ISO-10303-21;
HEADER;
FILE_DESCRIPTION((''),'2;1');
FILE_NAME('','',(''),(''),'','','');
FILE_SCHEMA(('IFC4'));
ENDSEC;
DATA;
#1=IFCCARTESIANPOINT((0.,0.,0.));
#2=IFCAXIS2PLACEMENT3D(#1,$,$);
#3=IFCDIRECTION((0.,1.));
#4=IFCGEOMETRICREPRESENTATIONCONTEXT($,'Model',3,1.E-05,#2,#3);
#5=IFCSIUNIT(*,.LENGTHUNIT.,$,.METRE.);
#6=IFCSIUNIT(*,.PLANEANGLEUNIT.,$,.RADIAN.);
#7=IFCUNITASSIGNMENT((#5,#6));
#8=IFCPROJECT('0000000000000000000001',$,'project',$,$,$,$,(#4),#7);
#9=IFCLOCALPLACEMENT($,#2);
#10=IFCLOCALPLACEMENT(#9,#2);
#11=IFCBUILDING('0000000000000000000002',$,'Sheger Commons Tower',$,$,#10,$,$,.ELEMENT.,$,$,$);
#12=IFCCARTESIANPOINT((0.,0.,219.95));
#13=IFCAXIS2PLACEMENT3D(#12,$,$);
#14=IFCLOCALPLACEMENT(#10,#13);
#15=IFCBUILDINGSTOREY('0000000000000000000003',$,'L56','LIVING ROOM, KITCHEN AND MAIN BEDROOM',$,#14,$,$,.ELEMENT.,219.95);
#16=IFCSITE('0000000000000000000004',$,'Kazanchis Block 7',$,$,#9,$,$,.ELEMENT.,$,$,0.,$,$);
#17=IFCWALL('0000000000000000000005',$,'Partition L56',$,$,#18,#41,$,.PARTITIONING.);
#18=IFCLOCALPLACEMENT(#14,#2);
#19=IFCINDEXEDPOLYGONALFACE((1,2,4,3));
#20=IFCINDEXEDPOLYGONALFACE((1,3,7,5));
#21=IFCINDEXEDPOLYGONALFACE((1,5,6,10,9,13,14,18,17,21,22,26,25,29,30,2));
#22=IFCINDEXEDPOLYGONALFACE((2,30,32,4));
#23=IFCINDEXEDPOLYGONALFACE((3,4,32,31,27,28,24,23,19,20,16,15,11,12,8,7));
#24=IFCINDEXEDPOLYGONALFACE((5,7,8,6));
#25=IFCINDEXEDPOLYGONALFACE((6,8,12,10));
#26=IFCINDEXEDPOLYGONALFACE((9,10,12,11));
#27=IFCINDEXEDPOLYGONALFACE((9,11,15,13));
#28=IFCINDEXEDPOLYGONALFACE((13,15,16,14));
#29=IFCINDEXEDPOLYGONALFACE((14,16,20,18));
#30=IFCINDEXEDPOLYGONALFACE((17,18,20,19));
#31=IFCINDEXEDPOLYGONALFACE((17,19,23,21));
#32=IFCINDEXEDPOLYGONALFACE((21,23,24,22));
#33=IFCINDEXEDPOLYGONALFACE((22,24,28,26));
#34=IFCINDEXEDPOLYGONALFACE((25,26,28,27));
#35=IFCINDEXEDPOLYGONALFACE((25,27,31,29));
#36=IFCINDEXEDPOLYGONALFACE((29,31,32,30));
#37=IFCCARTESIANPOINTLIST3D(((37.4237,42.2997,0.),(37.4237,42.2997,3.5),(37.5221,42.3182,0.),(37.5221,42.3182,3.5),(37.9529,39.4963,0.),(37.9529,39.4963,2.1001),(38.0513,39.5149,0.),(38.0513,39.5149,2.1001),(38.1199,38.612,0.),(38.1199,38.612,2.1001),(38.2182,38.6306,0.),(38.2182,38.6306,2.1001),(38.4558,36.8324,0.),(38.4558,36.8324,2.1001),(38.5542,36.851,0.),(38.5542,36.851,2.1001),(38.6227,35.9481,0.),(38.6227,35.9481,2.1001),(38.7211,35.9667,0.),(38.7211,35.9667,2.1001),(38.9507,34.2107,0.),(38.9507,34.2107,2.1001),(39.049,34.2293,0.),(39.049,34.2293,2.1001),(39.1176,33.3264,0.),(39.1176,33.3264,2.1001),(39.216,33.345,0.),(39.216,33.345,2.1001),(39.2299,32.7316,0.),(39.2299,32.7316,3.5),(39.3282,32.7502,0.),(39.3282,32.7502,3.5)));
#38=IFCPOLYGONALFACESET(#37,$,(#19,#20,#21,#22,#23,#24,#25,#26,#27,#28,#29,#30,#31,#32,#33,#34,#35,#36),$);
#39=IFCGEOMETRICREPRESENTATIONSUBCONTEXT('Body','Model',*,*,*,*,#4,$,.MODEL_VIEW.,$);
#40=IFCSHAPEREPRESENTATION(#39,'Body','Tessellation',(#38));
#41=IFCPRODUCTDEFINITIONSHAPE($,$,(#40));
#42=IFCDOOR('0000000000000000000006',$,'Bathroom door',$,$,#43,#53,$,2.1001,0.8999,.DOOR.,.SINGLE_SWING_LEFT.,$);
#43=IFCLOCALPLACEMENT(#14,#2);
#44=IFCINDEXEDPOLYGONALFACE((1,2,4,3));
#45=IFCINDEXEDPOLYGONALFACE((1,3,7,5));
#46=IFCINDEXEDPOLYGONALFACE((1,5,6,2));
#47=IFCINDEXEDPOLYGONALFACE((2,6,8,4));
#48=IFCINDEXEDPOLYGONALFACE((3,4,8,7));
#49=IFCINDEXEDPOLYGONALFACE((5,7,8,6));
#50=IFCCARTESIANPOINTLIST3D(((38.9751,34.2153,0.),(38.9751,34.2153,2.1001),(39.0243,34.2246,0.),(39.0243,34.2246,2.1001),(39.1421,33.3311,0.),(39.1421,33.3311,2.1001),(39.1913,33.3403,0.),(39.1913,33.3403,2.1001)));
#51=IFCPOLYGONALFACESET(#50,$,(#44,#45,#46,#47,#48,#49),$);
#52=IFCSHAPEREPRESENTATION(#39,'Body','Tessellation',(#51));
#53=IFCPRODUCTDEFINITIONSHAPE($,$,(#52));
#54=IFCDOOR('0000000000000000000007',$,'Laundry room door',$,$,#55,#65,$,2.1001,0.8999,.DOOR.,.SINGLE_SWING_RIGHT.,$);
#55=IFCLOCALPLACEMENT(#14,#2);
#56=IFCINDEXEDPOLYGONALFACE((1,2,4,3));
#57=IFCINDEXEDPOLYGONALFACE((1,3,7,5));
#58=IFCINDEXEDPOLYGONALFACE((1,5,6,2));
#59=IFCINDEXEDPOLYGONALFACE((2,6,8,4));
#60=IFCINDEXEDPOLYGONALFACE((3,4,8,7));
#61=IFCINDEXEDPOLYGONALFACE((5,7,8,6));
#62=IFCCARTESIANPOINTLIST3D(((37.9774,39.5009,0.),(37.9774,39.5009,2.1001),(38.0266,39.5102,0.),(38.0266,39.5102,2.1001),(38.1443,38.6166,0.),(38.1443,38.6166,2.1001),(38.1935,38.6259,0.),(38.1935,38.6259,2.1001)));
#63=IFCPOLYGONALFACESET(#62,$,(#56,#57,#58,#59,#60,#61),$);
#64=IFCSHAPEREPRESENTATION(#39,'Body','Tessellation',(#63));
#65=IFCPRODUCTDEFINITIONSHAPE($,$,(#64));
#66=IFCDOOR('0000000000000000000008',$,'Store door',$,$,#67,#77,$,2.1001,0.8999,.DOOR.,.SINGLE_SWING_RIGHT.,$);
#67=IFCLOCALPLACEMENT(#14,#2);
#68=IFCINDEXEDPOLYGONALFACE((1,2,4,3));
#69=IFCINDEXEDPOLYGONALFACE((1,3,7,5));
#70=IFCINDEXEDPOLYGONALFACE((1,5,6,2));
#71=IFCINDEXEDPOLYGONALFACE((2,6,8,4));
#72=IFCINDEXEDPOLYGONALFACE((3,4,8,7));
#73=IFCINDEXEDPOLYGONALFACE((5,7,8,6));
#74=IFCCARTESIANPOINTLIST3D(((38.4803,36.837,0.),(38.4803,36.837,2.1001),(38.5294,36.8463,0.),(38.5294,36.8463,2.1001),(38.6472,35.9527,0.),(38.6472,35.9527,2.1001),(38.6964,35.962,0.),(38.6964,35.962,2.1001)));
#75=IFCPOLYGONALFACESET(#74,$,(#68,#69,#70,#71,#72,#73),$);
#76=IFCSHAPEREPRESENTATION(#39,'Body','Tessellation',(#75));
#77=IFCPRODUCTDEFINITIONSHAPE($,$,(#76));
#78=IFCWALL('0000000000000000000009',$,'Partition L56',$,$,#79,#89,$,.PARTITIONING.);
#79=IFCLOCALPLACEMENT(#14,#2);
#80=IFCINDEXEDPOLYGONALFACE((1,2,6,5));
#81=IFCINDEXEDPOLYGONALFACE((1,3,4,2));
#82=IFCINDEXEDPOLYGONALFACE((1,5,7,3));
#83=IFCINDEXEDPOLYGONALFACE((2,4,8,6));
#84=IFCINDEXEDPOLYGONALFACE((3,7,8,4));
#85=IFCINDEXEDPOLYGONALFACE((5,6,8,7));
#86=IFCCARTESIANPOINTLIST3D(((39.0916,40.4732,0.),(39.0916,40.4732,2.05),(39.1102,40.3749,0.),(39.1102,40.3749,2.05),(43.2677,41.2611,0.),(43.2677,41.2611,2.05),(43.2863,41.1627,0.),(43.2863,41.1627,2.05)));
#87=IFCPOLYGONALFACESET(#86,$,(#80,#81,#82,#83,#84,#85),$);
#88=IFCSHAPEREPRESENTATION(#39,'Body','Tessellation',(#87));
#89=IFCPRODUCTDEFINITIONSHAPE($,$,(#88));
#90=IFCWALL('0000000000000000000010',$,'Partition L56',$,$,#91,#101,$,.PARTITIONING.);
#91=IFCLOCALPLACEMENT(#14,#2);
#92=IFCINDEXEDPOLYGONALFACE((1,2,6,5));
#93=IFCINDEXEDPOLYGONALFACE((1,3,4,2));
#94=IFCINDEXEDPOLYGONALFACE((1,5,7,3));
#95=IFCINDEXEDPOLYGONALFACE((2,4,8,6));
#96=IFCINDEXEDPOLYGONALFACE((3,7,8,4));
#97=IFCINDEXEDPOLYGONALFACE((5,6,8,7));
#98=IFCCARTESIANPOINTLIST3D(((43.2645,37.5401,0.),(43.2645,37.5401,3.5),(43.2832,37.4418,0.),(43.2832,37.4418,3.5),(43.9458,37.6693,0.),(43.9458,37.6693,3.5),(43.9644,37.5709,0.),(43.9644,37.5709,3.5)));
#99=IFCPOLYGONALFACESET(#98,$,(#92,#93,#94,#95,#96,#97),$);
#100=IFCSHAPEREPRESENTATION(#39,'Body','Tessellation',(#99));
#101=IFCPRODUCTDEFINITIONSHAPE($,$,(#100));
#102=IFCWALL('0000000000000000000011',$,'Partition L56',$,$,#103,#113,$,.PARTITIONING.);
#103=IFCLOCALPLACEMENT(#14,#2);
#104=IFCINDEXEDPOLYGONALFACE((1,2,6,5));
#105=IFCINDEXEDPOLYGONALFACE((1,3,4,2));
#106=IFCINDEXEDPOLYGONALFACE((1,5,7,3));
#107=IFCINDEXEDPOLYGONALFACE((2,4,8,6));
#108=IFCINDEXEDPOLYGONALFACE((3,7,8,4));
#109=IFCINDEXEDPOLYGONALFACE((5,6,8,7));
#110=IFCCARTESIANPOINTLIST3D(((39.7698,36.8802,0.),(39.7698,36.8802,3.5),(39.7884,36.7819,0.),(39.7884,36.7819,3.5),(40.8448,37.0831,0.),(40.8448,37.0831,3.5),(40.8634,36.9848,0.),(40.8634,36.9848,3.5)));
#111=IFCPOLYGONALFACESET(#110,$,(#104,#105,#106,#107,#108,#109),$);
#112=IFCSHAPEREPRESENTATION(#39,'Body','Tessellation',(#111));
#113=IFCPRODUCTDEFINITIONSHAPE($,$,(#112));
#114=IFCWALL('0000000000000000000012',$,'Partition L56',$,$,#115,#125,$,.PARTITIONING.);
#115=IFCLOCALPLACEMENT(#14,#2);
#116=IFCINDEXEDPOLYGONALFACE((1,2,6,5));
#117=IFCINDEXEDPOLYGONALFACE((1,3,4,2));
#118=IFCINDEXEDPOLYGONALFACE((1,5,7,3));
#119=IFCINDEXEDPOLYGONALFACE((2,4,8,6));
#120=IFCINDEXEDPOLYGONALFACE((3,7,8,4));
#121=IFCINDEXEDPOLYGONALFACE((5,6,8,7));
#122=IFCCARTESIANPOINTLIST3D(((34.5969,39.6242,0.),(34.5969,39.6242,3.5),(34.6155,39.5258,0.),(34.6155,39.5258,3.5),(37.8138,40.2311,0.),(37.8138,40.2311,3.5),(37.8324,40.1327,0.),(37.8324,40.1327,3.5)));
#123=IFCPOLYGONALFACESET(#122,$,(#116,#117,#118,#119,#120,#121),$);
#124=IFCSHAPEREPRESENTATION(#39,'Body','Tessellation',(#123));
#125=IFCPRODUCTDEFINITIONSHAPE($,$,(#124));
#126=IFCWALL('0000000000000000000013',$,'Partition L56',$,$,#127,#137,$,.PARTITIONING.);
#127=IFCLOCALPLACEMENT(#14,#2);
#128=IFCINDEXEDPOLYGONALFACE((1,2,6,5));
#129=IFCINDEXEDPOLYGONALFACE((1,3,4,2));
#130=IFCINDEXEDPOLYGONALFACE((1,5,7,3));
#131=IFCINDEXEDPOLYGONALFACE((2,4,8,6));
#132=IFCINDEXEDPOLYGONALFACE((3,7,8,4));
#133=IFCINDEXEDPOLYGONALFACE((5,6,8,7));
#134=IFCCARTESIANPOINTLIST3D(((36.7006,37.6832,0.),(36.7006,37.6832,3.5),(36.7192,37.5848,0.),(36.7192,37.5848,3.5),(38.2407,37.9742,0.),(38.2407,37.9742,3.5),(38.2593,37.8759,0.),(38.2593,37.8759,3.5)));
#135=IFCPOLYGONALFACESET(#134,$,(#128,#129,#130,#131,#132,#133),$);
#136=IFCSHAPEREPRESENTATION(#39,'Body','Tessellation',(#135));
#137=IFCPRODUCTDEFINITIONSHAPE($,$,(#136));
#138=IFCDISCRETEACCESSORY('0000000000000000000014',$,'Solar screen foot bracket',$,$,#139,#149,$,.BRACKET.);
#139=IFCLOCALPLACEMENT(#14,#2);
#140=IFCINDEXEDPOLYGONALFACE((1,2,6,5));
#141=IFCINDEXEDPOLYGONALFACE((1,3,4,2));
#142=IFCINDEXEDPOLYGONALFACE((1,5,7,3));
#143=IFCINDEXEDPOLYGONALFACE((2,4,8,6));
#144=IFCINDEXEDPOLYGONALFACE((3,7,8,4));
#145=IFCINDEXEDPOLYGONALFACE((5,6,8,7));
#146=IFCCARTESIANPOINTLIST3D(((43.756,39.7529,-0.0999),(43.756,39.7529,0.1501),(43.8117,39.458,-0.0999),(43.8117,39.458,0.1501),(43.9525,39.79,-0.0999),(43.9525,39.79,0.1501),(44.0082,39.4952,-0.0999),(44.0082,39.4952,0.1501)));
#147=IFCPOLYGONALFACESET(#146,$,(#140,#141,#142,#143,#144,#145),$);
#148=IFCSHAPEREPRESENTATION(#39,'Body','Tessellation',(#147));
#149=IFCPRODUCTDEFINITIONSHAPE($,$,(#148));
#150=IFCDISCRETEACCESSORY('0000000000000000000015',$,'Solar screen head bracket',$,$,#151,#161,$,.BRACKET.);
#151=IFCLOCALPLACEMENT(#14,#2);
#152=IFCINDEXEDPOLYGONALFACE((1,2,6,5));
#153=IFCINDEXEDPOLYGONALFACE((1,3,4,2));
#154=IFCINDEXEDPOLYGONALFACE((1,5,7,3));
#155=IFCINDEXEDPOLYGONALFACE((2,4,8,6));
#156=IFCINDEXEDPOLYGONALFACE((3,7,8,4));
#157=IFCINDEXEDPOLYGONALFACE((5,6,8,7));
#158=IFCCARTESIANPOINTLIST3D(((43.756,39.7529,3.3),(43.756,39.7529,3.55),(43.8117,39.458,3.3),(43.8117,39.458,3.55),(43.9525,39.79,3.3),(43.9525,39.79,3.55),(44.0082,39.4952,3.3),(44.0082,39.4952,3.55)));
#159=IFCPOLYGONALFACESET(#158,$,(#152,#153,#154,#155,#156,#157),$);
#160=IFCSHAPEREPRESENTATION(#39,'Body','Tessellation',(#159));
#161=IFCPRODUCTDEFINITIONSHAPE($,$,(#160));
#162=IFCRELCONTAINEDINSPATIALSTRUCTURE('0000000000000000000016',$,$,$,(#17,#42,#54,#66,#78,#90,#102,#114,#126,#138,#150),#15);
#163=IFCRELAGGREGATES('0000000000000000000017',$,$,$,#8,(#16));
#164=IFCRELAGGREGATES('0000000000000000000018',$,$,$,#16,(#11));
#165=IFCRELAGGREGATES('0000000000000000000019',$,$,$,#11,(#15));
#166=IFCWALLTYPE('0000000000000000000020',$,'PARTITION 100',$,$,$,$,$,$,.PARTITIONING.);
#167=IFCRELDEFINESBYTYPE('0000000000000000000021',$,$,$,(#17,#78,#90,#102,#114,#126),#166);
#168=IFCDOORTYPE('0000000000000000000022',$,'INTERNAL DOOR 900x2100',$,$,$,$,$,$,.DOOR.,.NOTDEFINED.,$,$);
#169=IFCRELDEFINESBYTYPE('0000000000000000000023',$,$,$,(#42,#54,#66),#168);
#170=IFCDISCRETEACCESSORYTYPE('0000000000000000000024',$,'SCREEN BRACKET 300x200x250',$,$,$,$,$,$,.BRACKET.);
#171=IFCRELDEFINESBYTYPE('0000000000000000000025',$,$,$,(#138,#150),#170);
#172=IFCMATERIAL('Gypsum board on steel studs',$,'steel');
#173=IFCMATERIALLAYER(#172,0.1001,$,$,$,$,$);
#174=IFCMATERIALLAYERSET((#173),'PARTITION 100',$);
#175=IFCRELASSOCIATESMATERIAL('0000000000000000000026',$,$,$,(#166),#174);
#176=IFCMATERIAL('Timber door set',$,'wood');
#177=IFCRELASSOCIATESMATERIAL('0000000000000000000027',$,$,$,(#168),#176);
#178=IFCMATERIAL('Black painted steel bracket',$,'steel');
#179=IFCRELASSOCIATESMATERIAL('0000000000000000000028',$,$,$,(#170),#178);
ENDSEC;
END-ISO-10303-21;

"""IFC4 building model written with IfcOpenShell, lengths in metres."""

from ifc_helpers import new_model, si_unit, direction, frame, frame_2d, origin, origin_2d, place, context, subcontext, project, spatial, rectangle, extrude, material, layer, layer_set, type_object, element, fill, save


model = new_model("IFC4")

# Units and contexts
model_context = context("Model", 3, precision=1e-05, world=origin(), true_north=direction((0.0, 1.0)))
body_context = subcontext(model_context, "Body", "Model", "MODEL_VIEW")
ifc_project = project(units=[si_unit("LENGTHUNIT", "METRE"), si_unit("PLANEANGLEUNIT", "RADIAN")], contexts=[model_context])

# Site, building, storey
site_placement = place(None, origin())
site = spatial("IfcSite", under=ifc_project, at=site_placement, Name="Kazanchis Block 7", CompositionType="ELEMENT", RefElevation=0.0)
building_placement = place(site_placement, origin())
building = spatial("IfcBuilding", under=site, at=building_placement, Name="Sheger Commons Tower", CompositionType="ELEMENT")
storey_placement = place(building_placement, frame((0.0, 0.0, 219.95)))
storey = spatial("IfcBuildingStorey", under=building, at=storey_placement, Name="L56", Description="LIVING ROOM, KITCHEN AND MAIN BEDROOM", CompositionType="ELEMENT", Elevation=219.95)

# Shared definitions
ifc_material_1 = material(Name="Gypsum board on steel studs", Category="steel")
ifc_layer_1 = layer(ifc_material_1, 0.1001)
ifc_layer_set_1 = layer_set([ifc_layer_1], Name="PARTITION 100")
wall_type = type_object("IfcWallType", Name="PARTITION 100", PredefinedType="PARTITIONING", material=ifc_layer_set_1)

# Wall, openings, doors
ifc_material_2 = material(Name="Timber door set", Category="wood")
door_type = type_object("IfcDoorType", Name="INTERNAL DOOR 900x2100", OperationType="NOTDEFINED", PredefinedType="DOOR", material=ifc_material_2)
wall_1_placement = place(storey_placement, frame((37.4729, 42.3091, 0.0), z_axis=(0.0, 0.0, 1.0), x_axis=(0.185492, -0.982646, 0.0)))
wall_1 = element("IfcWall", 1, at=wall_1_placement, inside=storey, type_object=wall_type, Name="Partition L56", PredefinedType="PARTITIONING", context=body_context, shape_type="SweptSolid", body=[
    extrude(rectangle(XDim=9.7371, YDim=0.1001, at=frame_2d((4.8687, 0.0))), origin(), (0.0, 0.0, 1.0), 3.5),
])
opening_1_placement = place(wall_1_placement, frame((8.2319, 0.0, 0.0)))
opening_1 = element("IfcOpeningElement", 2, at=opening_1_placement, cuts=wall_1, PredefinedType="OPENING", context=body_context, shape_type="SweptSolid", body=[
    extrude(rectangle(XDim=0.8999, YDim=2.1001, at=frame_2d((0.45, 1.05))), frame((0.0, 0.0601, 0.0), z_axis=(0.0, -1.0, 0.0), x_axis=(1.0, 0.0, 0.0)), (0.0, 0.0, 1.0), 0.1201),
])
opening_2_placement = place(wall_1_placement, frame((2.853, 0.0, 0.0)))
opening_2 = element("IfcOpeningElement", 3, at=opening_2_placement, cuts=wall_1, PredefinedType="OPENING", context=body_context, shape_type="SweptSolid", body=[
    extrude(rectangle(XDim=0.8999, YDim=2.1001, at=frame_2d((0.45, 1.05))), frame((0.0, 0.0601, 0.0), z_axis=(0.0, -1.0, 0.0), x_axis=(1.0, 0.0, 0.0)), (0.0, 0.0, 1.0), 0.1201),
])
opening_3_placement = place(wall_1_placement, frame((5.564, 0.0, 0.0)))
opening_3 = element("IfcOpeningElement", 4, at=opening_3_placement, cuts=wall_1, PredefinedType="OPENING", context=body_context, shape_type="SweptSolid", body=[
    extrude(rectangle(XDim=0.8999, YDim=2.1001, at=frame_2d((0.45, 1.05))), frame((0.0, 0.0601, 0.0), z_axis=(0.0, -1.0, 0.0), x_axis=(1.0, 0.0, 0.0)), (0.0, 0.0, 1.0), 0.1201),
])
door_1_placement = place(opening_1_placement, origin())
door_1 = element("IfcDoor", 5, at=door_1_placement, inside=storey, type_object=door_type, Name="Bathroom door", OperationType="SINGLE_SWING_LEFT", OverallHeight=2.1001, OverallWidth=0.8999, PredefinedType="DOOR", context=body_context, shape_type="SweptSolid", body=[
    extrude(rectangle(XDim=0.8999, YDim=2.1001, at=frame_2d((0.45, 1.05))), frame((0.0, 0.0249, 0.0), z_axis=(0.0, -1.0, 0.0), x_axis=(1.0, 0.0, 0.0)), (0.0, 0.0, 1.0), 0.05),
])
fill(opening_1, door_1)
door_2_placement = place(opening_2_placement, origin())
door_2 = element("IfcDoor", 6, at=door_2_placement, inside=storey, type_object=door_type, Name="Laundry room door", OperationType="SINGLE_SWING_RIGHT", OverallHeight=2.1001, OverallWidth=0.8999, PredefinedType="DOOR", context=body_context, shape_type="SweptSolid", body=[
    extrude(rectangle(XDim=0.8999, YDim=2.1001, at=frame_2d((0.45, 1.05))), frame((0.0, 0.0249, 0.0), z_axis=(0.0, -1.0, 0.0), x_axis=(1.0, 0.0, 0.0)), (0.0, 0.0, 1.0), 0.05),
])
fill(opening_2, door_2)
door_3_placement = place(opening_3_placement, origin())
door_3 = element("IfcDoor", 7, at=door_3_placement, inside=storey, type_object=door_type, Name="Store door", OperationType="SINGLE_SWING_RIGHT", OverallHeight=2.1001, OverallWidth=0.8999, PredefinedType="DOOR", context=body_context, shape_type="SweptSolid", body=[
    extrude(rectangle(XDim=0.8999, YDim=2.1001, at=frame_2d((0.45, 1.05))), frame((0.0, 0.0249, 0.0), z_axis=(0.0, -1.0, 0.0), x_axis=(1.0, 0.0, 0.0)), (0.0, 0.0, 1.0), 0.05),
])
fill(opening_3, door_3)

# Walls
wall_2_placement = place(storey_placement, frame((43.2771, 41.2119, 0.0), z_axis=(0.0, 0.0, 1.0), x_axis=(-0.982665, -0.185388, 0.0)))
element("IfcWall", 8, at=wall_2_placement, inside=storey, type_object=wall_type, Name="Partition L56", PredefinedType="PARTITIONING", context=body_context, shape_type="SweptSolid", body=[
    extrude(rectangle(XDim=4.2498, YDim=0.1001, at=frame_2d((2.125, 0.0))), origin(), (0.0, 0.0, 1.0), 2.05),
])
wall_3_placement = place(storey_placement, frame((43.9551, 37.6201, 0.0), z_axis=(0.0, 0.0, 1.0), x_axis=(-0.982495, -0.186287, 0.0)))
element("IfcWall", 9, at=wall_3_placement, inside=storey, type_object=wall_type, Name="Partition L56", PredefinedType="PARTITIONING", context=body_context, shape_type="SweptSolid", body=[
    extrude(rectangle(XDim=0.6934, YDim=0.1001, at=frame_2d((0.3467, 0.0))), origin(), (0.0, 0.0, 1.0), 3.5),
])
wall_4_placement = place(storey_placement, frame((40.854, 37.0339, 0.0), z_axis=(0.0, 0.0, 1.0), x_axis=(-0.982652, -0.185461, 0.0)))
element("IfcWall", 10, at=wall_4_placement, inside=storey, type_object=wall_type, Name="Partition L56", PredefinedType="PARTITIONING", context=body_context, shape_type="SweptSolid", body=[
    extrude(rectangle(XDim=1.094, YDim=0.1001, at=frame_2d((0.5469, 0.0))), origin(), (0.0, 0.0, 1.0), 3.5),
])
wall_5_placement = place(storey_placement, frame((37.823, 40.1819, 0.0), z_axis=(0.0, 0.0, 1.0), x_axis=(-0.982665, -0.185392, 0.0)))
element("IfcWall", 11, at=wall_5_placement, inside=storey, type_object=wall_type, Name="Partition L56", PredefinedType="PARTITIONING", context=body_context, shape_type="SweptSolid", body=[
    extrude(rectangle(XDim=3.2737, YDim=0.1001, at=frame_2d((1.6367, 0.0))), origin(), (0.0, 0.0, 1.0), 3.5),
])
wall_6_placement = place(storey_placement, frame((38.25, 37.925, 0.0), z_axis=(0.0, 0.0, 1.0), x_axis=(-0.98261, -0.18568, 0.0)))
element("IfcWall", 12, at=wall_6_placement, inside=storey, type_object=wall_type, Name="Partition L56", PredefinedType="PARTITIONING", context=body_context, shape_type="SweptSolid", body=[
    extrude(rectangle(XDim=1.5674, YDim=0.1001, at=frame_2d((0.7837, 0.0))), origin(), (0.0, 0.0, 1.0), 3.5),
])

# Discrete accessories
ifc_material_3 = material(Name="Black painted steel bracket", Category="steel")
discrete_accessory_type = type_object("IfcDiscreteAccessoryType", Name="SCREEN BRACKET 300x200x250", PredefinedType="BRACKET", material=ifc_material_3)
for number, where, z_axis, x_axis, name in (
    (13, (43.8821, 39.624, -0.0999), (0.0, 0.0, 1.0), (-0.185615, 0.982623, 0.0), "Solar screen foot bracket"),
    (14, (43.8821, 39.624, 3.3), (0.0, 0.0, 1.0), (-0.185615, 0.982623, 0.0), "Solar screen head bracket"),
):
    element("IfcDiscreteAccessory", number, at=place(storey_placement, frame(where, z_axis=z_axis, x_axis=x_axis)), inside=storey, type_object=discrete_accessory_type, Name=name, PredefinedType="BRACKET", context=body_context, shape_type="SweptSolid", body=[
        extrude(rectangle(XDim=0.3, YDim=0.2, at=origin_2d()), origin(), (0.0, 0.0, 1.0), 0.25),
    ])

save(model, "model.ifc")
